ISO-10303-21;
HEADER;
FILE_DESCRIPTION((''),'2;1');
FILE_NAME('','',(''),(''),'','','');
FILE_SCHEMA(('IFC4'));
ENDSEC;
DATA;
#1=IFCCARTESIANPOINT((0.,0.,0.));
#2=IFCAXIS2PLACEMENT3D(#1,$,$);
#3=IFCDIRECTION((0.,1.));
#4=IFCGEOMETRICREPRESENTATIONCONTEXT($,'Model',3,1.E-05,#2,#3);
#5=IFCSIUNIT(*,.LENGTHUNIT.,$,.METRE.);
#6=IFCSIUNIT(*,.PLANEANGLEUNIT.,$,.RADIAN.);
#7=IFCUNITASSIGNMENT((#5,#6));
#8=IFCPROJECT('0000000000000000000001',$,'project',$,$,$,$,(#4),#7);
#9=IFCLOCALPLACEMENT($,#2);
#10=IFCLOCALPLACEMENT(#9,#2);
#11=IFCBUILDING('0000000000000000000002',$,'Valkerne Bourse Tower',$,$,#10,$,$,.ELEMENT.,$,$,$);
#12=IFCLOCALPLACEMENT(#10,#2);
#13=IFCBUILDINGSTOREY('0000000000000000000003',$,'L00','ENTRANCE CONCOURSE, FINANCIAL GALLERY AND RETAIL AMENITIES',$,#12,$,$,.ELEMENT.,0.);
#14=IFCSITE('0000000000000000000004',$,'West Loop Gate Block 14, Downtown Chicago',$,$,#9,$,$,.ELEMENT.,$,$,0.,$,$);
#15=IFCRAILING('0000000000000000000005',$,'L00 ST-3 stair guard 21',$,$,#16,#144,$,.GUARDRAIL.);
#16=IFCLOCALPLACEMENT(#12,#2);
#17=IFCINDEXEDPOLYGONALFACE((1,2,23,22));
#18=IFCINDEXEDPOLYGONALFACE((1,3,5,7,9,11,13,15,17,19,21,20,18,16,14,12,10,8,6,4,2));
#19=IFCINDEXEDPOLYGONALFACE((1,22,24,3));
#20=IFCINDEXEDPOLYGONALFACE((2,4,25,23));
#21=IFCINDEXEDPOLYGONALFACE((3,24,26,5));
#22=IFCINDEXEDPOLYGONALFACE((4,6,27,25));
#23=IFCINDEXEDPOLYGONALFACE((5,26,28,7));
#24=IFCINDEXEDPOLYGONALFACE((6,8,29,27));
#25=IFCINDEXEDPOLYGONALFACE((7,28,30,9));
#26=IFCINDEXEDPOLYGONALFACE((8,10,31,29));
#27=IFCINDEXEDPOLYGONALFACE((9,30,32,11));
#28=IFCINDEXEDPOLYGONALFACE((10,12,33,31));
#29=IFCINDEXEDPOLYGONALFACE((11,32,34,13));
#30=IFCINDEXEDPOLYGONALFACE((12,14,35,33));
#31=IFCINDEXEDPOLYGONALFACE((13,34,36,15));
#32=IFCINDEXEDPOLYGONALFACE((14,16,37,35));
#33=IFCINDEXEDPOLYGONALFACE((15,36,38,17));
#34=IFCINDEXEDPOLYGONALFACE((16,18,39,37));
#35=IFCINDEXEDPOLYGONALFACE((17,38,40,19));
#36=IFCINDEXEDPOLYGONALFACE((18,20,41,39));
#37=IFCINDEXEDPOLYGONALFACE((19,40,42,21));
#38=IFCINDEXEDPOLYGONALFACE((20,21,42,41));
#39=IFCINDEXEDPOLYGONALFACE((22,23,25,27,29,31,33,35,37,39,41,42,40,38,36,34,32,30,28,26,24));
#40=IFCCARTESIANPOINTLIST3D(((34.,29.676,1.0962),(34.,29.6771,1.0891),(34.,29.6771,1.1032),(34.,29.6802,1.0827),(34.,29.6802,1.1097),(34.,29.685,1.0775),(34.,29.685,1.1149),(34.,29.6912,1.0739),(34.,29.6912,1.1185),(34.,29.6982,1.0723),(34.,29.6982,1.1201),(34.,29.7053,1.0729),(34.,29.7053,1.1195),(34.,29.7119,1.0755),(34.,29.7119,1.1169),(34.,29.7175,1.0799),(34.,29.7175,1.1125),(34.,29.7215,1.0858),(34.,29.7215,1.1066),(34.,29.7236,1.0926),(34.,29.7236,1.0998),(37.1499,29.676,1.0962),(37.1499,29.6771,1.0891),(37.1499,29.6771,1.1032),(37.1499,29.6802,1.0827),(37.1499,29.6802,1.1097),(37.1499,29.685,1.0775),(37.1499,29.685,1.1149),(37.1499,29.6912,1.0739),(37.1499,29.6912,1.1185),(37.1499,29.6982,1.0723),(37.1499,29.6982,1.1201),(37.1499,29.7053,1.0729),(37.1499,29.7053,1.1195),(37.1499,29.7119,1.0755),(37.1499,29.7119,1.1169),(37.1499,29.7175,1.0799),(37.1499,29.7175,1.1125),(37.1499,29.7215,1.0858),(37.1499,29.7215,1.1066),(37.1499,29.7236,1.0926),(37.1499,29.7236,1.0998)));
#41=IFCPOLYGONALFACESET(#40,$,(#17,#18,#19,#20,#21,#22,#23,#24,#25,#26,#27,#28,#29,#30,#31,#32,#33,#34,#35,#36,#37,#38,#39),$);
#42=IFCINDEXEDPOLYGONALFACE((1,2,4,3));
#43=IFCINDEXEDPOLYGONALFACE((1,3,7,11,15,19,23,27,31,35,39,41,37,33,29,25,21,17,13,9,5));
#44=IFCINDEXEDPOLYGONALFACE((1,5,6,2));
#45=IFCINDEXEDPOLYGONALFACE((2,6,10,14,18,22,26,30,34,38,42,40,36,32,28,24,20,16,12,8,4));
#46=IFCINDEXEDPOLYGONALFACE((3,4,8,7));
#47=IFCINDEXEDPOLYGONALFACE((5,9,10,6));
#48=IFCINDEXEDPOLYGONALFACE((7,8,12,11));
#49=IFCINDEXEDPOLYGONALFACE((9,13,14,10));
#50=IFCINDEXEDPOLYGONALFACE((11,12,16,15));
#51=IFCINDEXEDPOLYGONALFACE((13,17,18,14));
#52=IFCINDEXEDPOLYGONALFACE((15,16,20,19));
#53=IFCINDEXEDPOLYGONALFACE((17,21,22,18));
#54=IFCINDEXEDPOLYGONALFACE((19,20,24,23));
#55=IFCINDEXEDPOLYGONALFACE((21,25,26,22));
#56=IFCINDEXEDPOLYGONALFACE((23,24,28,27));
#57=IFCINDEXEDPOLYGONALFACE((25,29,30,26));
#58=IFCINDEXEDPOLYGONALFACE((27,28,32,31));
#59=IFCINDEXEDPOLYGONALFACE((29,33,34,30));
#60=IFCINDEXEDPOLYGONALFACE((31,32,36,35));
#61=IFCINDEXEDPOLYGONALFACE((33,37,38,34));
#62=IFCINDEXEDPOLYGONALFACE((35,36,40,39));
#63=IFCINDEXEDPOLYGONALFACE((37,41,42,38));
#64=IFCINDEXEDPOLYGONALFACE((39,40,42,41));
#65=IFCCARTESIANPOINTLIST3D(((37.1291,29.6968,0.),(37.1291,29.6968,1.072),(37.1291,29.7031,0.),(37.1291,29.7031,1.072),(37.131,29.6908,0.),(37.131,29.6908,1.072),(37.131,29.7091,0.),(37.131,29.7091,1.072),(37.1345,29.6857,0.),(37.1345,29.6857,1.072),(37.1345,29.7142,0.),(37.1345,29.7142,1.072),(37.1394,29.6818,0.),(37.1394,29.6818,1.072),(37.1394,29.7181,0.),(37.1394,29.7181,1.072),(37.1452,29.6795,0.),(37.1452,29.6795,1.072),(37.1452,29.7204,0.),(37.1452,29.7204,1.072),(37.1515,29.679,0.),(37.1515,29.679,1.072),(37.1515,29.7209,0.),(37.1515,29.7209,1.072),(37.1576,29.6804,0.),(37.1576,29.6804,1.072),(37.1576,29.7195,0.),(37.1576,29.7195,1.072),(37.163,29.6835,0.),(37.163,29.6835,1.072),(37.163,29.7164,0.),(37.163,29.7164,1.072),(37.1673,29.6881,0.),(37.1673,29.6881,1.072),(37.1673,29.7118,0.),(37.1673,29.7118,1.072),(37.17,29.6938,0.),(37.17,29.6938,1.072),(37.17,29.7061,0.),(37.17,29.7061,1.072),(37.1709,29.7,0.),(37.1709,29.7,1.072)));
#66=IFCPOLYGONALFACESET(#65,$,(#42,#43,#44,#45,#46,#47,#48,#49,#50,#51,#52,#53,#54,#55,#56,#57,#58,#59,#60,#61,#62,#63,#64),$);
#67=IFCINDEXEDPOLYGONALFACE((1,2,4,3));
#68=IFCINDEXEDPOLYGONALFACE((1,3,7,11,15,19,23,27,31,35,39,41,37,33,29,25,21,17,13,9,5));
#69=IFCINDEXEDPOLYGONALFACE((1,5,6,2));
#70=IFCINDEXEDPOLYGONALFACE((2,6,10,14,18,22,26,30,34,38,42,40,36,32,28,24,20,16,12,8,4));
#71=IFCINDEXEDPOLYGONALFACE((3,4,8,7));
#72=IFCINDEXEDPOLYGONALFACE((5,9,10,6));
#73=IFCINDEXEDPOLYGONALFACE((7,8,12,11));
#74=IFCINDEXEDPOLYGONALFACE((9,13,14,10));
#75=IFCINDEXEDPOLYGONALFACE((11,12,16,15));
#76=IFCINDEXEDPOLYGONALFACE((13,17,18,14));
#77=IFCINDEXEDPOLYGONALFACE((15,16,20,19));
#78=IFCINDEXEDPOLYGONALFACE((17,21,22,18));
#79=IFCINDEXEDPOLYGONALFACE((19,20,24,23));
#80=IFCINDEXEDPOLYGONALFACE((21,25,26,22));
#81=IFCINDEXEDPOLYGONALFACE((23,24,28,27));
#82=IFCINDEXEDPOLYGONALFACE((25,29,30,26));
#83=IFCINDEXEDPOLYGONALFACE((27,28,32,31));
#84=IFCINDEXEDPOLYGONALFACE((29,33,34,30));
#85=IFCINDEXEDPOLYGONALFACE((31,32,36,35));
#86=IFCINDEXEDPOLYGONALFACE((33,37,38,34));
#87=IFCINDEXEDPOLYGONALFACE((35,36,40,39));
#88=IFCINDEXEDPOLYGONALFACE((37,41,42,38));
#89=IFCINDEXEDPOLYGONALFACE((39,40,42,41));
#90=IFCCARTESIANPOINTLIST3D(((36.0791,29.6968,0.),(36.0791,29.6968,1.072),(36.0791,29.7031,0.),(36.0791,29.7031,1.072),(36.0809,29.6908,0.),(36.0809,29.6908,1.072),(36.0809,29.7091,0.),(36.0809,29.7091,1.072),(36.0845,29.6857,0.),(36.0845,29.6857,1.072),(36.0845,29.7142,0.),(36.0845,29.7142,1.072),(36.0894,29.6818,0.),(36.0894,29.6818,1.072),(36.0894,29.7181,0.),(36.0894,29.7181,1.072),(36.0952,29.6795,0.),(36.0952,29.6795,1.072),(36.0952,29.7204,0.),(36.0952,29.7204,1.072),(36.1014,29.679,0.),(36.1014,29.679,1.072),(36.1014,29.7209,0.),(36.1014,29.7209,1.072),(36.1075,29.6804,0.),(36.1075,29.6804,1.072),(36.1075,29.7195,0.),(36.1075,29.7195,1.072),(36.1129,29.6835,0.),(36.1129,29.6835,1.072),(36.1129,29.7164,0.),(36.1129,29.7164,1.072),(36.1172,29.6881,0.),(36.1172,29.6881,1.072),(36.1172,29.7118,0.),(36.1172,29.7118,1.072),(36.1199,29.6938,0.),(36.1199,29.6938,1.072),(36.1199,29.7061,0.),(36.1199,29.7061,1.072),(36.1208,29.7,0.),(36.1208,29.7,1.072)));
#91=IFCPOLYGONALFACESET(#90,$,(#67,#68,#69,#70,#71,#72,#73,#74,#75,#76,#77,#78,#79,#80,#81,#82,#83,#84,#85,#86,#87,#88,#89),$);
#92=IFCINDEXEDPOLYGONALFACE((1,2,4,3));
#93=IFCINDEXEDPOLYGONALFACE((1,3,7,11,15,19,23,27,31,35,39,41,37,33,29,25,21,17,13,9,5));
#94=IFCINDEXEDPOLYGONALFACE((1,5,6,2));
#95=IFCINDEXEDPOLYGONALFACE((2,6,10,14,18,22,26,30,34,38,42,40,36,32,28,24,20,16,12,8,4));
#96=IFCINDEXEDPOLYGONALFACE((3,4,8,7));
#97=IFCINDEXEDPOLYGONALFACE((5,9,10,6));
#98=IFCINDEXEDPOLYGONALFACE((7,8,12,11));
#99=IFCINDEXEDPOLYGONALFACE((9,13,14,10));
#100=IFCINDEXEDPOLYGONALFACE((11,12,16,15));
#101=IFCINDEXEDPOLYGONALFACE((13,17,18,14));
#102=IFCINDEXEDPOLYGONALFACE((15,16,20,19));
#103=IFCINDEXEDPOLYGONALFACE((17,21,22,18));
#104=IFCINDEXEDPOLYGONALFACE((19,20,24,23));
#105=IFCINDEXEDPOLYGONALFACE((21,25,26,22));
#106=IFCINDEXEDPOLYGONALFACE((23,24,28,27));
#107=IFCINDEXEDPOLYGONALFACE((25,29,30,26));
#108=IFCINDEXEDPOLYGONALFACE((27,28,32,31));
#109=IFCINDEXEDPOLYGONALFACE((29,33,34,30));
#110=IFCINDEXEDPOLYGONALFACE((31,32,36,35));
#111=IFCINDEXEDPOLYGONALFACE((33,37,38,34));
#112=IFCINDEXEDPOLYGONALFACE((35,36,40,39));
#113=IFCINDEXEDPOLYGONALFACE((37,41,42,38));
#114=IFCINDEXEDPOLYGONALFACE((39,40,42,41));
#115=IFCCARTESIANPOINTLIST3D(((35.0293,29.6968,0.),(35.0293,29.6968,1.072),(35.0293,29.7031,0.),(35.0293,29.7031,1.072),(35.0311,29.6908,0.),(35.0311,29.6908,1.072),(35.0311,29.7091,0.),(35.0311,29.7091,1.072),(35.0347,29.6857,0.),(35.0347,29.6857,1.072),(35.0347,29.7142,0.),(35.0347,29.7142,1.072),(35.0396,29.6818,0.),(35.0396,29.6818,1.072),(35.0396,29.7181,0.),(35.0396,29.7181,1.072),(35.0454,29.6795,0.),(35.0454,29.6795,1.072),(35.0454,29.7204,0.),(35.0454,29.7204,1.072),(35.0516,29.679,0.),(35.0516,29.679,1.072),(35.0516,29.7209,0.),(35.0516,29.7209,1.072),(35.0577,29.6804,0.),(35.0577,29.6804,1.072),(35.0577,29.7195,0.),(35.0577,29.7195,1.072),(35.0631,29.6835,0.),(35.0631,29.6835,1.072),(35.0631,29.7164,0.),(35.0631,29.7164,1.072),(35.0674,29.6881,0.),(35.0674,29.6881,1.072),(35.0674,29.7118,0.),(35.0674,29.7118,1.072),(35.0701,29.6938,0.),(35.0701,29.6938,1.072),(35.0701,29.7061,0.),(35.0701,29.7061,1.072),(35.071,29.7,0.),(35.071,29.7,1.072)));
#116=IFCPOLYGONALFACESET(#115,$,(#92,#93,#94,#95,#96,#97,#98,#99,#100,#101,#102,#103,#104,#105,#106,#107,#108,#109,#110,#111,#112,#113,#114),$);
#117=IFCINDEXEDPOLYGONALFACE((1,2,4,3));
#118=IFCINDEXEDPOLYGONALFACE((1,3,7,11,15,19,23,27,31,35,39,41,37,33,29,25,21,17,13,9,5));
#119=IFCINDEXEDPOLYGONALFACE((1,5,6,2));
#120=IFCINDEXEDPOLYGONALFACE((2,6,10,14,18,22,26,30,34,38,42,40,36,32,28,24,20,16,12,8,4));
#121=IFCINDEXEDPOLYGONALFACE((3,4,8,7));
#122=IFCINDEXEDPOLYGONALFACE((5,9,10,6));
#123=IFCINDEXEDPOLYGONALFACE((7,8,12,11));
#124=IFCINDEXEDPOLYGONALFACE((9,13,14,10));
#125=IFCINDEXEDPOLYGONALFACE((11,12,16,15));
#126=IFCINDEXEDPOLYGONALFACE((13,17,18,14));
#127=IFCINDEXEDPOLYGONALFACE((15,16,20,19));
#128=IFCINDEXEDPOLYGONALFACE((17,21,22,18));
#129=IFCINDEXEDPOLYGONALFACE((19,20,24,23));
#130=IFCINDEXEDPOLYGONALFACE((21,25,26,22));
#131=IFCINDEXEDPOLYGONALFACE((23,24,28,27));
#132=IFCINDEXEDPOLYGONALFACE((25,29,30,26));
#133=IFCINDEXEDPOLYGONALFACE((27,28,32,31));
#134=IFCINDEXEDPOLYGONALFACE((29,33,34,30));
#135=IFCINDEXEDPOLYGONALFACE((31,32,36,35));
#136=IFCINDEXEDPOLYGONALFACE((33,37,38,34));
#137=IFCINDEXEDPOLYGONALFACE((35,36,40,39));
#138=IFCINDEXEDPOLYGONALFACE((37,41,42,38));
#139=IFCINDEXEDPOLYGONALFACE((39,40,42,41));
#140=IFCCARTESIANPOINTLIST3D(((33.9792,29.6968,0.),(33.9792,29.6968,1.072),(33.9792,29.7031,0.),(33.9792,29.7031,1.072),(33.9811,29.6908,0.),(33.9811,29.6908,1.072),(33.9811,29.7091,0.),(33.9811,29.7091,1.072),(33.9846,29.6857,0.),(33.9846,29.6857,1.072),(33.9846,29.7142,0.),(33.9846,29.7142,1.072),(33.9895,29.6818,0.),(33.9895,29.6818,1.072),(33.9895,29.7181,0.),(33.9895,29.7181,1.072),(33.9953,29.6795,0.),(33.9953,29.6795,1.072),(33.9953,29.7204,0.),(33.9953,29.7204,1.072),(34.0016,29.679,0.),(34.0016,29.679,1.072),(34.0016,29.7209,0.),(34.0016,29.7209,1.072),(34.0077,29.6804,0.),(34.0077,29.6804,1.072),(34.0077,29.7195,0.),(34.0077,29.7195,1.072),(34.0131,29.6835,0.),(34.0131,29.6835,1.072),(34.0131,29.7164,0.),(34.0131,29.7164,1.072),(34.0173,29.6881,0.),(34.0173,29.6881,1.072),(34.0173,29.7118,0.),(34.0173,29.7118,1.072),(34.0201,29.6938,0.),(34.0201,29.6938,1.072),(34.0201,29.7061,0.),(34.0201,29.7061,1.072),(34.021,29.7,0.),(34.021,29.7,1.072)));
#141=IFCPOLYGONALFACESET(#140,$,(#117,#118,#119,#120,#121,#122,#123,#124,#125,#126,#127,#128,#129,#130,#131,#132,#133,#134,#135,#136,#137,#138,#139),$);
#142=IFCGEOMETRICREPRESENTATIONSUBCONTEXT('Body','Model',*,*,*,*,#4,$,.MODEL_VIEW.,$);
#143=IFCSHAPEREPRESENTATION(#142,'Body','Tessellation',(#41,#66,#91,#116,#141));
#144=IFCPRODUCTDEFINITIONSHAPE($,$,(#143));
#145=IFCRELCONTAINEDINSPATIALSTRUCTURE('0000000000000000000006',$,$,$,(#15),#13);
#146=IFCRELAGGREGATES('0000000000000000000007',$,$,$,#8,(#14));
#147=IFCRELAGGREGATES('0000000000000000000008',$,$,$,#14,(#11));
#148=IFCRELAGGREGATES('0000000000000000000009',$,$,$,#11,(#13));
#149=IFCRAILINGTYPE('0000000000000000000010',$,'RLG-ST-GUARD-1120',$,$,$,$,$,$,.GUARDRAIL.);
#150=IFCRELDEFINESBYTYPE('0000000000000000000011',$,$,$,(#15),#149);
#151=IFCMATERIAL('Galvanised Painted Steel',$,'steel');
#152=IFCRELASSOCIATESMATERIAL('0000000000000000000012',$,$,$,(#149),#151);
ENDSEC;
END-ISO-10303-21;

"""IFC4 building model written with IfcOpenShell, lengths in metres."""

from ifc_helpers import new_model, si_unit, direction, frame, origin, origin_2d, place, context, subcontext, project, spatial, circle, extrude, material, type_object, element, save


model = new_model("IFC4")

# Units and contexts
model_context = context("Model", 3, precision=1e-05, world=origin(), true_north=direction((0.0, 1.0)))
body_context = subcontext(model_context, "Body", "Model", "MODEL_VIEW")
ifc_project = project(units=[si_unit("LENGTHUNIT", "METRE"), si_unit("PLANEANGLEUNIT", "RADIAN")], contexts=[model_context])

# Site, building, storey
site_placement = place(None, origin())
site = spatial("IfcSite", under=ifc_project, at=site_placement, Name="West Loop Gate Block 14, Downtown Chicago", CompositionType="ELEMENT", RefElevation=0.0)
building_placement = place(site_placement, origin())
building = spatial("IfcBuilding", under=site, at=building_placement, Name="Valkerne Bourse Tower", CompositionType="ELEMENT")
storey_placement = place(building_placement, origin())
storey = spatial("IfcBuildingStorey", under=building, at=storey_placement, Name="L00", Description="ENTRANCE CONCOURSE, FINANCIAL GALLERY AND RETAIL AMENITIES", CompositionType="ELEMENT", Elevation=0.0)

# Shared definitions
ifc_material_1 = material(Name="Galvanised Painted Steel", Category="steel")

# Railing
railing_type_1 = type_object("IfcRailingType", Name="RLG-ST-GUARD-1120", PredefinedType="GUARDRAIL", material=ifc_material_1)
railing_1_placement = place(storey_placement, frame((37.1499, 29.7, 0.0)))
element("IfcRailing", 1, at=railing_1_placement, inside=storey, type_object=railing_type_1, Name="L00 ST-3 stair guard 21", PredefinedType="GUARDRAIL", context=body_context, shape_type="SweptSolid", body=[
    extrude(circle(Radius=0.0239, at=origin_2d()), frame((0.0, 0.0, 1.0962), z_axis=(-1.0, 0.0, 0.0), x_axis=(0.0, -1.0, 0.0)), (0.0, 0.0, 1.0), 3.1499),
    extrude(circle(Radius=0.021, at=origin_2d()), origin(), (0.0, 0.0, 1.0), 1.072),
    extrude(circle(Radius=0.021, at=origin_2d()), frame((-1.05, 0.0, 0.0)), (0.0, 0.0, 1.0), 1.072),
    extrude(circle(Radius=0.021, at=origin_2d()), frame((-2.0999, 0.0, 0.0)), (0.0, 0.0, 1.0), 1.072),
    extrude(circle(Radius=0.021, at=origin_2d()), frame((-3.1499, 0.0, 0.0)), (0.0, 0.0, 1.0), 1.072),
])

save(model, "model.ifc")
